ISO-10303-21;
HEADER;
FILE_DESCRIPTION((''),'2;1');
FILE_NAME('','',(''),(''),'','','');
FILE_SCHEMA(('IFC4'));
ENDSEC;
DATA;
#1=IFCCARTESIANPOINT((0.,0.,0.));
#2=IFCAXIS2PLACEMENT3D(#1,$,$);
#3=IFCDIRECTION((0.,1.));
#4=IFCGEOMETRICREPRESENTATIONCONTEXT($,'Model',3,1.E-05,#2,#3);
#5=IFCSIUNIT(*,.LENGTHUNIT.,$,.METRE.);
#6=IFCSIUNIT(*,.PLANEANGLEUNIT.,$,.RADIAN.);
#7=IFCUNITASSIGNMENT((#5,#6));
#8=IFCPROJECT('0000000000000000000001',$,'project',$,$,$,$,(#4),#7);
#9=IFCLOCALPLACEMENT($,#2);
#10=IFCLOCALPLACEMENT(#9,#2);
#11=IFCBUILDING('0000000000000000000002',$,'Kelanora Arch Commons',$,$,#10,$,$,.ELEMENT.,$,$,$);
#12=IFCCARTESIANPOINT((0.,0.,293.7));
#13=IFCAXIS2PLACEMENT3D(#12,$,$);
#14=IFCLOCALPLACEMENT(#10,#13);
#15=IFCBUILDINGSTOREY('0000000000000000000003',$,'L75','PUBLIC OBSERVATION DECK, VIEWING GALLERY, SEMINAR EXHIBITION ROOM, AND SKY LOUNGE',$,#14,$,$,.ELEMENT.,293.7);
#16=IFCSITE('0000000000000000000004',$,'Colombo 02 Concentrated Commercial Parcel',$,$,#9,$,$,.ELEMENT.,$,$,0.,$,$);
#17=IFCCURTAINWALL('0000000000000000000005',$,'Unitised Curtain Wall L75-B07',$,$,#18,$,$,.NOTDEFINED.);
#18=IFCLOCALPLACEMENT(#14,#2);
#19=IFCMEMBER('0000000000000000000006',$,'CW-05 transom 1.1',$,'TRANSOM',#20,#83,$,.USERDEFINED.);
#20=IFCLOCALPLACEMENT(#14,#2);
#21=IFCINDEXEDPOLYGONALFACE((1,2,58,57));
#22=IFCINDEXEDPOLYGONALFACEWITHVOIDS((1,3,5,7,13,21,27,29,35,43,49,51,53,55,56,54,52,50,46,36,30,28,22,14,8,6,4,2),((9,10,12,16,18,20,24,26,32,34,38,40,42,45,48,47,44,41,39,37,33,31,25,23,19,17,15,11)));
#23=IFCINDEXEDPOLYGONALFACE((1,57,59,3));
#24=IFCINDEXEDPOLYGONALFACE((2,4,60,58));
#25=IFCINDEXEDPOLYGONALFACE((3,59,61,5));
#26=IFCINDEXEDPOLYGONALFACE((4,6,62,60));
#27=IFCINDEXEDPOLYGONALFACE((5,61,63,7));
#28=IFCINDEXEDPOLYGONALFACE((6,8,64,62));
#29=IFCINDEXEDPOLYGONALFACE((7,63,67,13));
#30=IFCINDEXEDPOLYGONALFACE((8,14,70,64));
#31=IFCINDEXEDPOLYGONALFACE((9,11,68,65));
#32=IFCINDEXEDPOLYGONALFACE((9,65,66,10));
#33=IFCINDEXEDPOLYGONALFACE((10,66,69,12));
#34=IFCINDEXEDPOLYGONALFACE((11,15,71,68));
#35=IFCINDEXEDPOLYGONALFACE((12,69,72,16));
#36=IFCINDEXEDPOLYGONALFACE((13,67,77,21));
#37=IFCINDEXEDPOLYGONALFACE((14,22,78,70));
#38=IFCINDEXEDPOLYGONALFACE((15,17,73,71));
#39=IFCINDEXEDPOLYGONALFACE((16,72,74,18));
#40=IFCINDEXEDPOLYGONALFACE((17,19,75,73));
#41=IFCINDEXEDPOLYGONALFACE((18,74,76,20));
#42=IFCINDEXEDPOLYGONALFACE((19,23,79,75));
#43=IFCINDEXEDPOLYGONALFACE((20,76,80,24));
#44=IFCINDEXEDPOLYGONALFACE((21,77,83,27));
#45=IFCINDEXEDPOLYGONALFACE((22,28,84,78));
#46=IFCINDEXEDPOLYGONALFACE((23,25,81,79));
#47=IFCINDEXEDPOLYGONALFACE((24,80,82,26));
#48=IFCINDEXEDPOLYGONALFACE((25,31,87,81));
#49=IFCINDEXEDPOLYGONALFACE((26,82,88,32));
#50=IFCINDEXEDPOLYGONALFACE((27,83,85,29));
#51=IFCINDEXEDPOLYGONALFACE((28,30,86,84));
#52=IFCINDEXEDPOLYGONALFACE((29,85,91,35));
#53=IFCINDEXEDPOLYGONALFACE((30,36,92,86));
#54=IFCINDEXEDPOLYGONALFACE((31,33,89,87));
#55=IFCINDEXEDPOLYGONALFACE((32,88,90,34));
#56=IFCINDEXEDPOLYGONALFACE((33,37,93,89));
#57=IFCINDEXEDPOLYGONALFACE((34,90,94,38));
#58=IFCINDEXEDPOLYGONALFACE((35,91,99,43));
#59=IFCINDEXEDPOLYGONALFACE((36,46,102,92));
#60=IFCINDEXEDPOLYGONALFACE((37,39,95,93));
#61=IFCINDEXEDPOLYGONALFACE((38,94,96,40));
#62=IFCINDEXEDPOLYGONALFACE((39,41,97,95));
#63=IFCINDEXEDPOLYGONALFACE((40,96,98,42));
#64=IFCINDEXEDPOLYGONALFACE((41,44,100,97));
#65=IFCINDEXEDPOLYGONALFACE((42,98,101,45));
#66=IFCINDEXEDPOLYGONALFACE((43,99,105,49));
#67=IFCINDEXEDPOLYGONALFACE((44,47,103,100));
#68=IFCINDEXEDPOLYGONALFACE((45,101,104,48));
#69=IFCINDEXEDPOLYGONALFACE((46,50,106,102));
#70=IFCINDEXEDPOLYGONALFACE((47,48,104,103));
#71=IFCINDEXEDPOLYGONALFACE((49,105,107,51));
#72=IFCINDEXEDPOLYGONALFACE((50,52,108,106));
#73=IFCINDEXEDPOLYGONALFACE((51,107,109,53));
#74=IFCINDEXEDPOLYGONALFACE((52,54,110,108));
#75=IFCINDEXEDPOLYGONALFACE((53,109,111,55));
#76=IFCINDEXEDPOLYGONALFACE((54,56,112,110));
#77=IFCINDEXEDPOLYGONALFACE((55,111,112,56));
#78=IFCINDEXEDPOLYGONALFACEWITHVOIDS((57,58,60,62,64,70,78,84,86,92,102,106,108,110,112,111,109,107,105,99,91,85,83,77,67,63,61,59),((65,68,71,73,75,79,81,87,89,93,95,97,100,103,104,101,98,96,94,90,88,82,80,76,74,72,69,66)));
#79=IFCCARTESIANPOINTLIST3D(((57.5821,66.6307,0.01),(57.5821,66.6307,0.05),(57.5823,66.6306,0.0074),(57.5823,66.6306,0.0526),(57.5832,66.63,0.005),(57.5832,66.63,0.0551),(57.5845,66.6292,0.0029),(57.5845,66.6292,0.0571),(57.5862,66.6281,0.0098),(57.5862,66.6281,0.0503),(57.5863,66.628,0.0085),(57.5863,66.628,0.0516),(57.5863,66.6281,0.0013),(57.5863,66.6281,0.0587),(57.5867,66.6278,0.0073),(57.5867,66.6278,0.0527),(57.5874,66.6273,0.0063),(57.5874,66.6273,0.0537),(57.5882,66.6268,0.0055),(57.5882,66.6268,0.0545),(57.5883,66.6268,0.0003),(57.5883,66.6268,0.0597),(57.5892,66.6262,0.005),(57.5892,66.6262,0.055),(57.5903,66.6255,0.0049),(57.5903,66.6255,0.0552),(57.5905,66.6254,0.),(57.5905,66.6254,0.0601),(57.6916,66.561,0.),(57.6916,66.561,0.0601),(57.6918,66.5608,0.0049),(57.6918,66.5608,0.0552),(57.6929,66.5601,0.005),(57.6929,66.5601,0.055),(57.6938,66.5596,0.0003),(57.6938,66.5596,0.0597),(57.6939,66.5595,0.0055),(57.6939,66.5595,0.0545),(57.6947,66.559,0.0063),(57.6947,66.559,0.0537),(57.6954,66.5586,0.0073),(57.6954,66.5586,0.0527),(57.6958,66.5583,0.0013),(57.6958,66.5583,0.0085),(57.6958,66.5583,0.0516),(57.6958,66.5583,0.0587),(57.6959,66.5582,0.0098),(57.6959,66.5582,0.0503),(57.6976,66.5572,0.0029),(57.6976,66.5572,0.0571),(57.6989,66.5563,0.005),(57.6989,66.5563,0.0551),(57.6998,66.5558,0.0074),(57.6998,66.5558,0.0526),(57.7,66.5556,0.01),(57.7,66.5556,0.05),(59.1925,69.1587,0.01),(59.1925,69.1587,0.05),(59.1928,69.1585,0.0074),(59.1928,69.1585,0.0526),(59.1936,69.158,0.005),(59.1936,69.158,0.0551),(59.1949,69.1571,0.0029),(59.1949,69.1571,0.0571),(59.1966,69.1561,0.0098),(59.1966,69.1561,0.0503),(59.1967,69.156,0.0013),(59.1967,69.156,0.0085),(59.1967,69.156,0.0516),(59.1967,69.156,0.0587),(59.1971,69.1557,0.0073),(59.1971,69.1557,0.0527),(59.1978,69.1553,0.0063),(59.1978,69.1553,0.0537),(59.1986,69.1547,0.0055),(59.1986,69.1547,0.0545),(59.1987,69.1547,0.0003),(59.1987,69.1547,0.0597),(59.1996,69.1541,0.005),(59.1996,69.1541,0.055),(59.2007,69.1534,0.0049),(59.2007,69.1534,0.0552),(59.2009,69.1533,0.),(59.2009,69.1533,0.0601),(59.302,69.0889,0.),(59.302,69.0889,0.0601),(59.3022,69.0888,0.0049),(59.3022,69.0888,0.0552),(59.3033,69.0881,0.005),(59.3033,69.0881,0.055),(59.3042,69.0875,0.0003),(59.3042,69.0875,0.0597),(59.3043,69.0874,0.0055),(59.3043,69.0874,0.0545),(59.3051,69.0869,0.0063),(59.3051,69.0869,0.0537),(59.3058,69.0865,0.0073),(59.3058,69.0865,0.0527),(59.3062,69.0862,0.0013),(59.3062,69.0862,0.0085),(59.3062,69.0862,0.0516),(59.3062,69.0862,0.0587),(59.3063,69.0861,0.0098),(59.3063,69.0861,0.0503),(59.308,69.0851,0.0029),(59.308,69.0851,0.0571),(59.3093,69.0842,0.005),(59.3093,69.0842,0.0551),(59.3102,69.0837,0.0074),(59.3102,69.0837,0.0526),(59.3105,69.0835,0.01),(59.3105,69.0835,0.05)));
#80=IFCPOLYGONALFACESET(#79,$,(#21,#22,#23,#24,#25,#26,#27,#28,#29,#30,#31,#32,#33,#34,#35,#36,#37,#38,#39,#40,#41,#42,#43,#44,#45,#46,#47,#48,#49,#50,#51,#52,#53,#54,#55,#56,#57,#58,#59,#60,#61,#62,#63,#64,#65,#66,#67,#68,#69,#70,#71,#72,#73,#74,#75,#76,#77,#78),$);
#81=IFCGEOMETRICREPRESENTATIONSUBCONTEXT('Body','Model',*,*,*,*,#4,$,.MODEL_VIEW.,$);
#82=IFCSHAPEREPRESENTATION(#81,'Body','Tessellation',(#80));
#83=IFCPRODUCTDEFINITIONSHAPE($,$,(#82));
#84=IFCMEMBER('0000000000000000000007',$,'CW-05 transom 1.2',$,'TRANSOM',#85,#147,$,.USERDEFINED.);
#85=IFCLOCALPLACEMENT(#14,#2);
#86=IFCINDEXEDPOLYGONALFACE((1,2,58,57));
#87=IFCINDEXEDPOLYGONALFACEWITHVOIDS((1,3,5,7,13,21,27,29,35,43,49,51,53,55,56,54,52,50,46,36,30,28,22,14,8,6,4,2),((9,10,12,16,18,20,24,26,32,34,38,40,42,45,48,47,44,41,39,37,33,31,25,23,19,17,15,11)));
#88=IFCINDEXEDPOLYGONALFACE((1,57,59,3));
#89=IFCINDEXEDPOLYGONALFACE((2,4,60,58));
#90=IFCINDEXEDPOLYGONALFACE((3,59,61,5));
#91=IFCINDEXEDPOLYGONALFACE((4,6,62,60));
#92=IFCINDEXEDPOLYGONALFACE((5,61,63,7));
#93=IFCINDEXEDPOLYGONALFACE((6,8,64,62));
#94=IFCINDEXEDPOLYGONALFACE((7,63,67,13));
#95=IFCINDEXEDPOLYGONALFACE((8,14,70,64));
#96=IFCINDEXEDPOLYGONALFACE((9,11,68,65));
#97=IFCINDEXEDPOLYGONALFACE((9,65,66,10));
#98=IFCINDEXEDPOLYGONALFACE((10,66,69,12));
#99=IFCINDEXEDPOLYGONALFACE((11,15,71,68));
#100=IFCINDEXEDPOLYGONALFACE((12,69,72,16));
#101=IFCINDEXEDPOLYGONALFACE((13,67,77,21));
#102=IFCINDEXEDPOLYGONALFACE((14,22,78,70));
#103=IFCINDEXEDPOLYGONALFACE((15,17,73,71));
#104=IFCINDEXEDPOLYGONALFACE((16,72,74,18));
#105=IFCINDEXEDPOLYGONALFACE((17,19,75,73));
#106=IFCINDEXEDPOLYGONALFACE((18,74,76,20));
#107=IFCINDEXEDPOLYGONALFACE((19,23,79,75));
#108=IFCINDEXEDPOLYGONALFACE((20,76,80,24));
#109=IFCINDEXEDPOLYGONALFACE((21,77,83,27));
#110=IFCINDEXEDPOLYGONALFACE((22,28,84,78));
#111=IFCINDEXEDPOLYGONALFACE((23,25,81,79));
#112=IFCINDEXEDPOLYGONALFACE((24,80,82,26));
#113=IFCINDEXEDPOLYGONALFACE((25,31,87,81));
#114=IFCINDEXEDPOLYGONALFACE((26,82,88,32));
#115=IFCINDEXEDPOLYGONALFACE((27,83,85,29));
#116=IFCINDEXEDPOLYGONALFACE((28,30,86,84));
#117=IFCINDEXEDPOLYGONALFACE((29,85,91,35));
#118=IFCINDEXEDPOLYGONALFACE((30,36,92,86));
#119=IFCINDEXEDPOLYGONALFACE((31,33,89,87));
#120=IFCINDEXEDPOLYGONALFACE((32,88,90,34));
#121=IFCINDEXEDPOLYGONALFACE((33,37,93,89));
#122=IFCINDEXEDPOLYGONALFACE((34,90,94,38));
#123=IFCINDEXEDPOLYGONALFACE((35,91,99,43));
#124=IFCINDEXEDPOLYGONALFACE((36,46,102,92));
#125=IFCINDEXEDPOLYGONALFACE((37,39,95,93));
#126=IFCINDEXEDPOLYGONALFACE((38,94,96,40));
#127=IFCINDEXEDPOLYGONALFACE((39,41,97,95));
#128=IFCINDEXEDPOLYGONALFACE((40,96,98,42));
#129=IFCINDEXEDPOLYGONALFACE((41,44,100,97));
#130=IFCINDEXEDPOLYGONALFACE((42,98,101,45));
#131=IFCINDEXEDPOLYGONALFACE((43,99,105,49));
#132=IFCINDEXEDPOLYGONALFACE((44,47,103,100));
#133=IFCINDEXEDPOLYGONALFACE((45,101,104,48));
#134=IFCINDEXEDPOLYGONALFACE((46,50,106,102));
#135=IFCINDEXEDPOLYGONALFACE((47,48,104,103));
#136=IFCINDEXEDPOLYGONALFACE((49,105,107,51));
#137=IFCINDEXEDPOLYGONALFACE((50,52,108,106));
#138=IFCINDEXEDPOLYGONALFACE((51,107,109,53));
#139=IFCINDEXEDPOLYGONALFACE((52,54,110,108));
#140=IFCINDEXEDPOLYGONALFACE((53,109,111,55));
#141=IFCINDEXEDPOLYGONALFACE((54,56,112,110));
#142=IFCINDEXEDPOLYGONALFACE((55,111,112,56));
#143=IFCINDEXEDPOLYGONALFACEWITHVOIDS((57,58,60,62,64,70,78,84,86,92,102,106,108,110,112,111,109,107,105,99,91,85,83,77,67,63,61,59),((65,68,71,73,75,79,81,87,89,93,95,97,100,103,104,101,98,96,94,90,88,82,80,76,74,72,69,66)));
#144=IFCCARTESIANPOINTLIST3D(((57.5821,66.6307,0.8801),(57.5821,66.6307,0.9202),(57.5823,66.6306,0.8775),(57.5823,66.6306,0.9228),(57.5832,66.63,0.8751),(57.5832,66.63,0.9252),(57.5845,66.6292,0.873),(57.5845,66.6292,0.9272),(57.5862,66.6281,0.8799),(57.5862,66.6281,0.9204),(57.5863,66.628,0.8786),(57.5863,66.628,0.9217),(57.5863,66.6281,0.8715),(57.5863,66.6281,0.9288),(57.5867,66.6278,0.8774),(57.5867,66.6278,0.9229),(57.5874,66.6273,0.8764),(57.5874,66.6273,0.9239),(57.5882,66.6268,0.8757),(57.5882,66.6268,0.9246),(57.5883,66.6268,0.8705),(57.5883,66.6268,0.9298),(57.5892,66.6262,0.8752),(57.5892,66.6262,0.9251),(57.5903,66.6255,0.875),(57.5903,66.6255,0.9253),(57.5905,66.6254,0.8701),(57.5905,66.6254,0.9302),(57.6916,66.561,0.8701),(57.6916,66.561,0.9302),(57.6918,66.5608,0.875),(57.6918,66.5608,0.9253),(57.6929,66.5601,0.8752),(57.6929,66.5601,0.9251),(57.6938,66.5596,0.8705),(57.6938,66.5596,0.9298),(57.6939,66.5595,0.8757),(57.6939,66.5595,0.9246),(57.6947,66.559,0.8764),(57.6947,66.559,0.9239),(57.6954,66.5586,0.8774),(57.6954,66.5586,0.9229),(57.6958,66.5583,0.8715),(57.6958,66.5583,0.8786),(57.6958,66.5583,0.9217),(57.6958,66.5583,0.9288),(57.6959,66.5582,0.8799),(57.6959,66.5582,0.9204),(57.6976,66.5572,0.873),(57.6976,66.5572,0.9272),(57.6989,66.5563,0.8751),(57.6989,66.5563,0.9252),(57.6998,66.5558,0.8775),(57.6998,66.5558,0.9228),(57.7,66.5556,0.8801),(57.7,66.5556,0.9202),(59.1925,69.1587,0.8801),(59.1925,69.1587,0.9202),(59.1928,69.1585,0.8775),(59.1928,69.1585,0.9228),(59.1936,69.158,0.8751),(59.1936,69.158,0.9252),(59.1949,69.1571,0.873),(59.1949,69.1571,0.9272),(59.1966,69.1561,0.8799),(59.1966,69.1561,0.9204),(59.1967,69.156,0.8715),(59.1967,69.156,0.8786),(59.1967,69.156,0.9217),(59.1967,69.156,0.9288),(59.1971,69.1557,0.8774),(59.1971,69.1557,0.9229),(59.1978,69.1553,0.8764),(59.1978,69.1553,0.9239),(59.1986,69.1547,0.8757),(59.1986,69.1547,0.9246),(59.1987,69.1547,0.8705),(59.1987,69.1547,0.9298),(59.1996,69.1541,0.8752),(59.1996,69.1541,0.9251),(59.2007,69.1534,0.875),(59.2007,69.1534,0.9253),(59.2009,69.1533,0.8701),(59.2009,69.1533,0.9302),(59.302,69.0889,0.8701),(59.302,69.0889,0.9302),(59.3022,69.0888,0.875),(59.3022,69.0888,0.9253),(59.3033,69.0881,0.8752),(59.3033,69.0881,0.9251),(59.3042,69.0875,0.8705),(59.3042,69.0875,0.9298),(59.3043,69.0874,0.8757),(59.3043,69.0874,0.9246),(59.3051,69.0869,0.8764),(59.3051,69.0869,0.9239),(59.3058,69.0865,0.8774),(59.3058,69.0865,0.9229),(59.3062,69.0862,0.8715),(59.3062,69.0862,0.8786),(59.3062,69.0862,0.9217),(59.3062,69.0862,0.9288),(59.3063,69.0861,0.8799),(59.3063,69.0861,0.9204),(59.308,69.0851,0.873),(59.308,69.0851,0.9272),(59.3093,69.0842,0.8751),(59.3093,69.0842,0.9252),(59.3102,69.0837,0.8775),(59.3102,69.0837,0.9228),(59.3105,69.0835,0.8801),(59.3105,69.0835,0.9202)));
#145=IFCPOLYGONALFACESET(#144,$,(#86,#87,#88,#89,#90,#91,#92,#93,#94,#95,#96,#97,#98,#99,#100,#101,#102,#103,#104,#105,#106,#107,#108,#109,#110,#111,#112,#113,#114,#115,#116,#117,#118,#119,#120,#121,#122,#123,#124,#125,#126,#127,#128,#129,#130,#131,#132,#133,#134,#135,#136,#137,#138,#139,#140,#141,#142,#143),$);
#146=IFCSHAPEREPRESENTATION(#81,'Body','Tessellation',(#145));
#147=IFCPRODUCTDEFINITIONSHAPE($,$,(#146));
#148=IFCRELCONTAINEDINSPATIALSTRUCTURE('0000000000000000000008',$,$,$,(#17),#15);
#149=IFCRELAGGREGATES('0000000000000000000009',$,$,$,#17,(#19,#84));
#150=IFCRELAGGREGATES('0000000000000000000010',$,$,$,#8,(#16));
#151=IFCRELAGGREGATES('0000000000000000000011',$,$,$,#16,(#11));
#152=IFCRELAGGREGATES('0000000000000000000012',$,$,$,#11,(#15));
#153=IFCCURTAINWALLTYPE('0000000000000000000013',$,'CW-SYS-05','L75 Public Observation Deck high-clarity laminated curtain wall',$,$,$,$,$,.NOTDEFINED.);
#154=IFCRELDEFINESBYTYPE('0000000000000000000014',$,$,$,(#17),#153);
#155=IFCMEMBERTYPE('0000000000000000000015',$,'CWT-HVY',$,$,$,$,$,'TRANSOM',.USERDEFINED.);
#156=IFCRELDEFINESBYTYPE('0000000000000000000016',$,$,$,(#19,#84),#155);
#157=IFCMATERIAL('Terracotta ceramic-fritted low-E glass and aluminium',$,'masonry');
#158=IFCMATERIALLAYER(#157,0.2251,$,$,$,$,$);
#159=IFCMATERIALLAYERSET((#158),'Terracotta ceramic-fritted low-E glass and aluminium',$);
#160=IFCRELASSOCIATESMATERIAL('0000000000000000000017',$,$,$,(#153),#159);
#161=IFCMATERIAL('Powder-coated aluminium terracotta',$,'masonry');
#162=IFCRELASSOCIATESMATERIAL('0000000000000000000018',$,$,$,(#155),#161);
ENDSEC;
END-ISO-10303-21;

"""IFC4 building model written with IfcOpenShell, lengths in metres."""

from ifc_helpers import new_model, si_unit, direction, frame, origin, origin_2d, place, context, subcontext, project, spatial, hollow_rectangle, extrude, material, layer, layer_set, material_profile, profile_set, type_object, element, aggregate, save


model = new_model("IFC4")

# Units and contexts
model_context = context("Model", 3, precision=1e-05, world=origin(), true_north=direction((0.0, 1.0)))
body_context = subcontext(model_context, "Body", "Model", "MODEL_VIEW")
ifc_project = project(units=[si_unit("LENGTHUNIT", "METRE"), si_unit("PLANEANGLEUNIT", "RADIAN")], contexts=[model_context])

# Site, building, storey
site_placement = place(None, origin())
site = spatial("IfcSite", under=ifc_project, at=site_placement, Name="Colombo 02 Concentrated Commercial Parcel", CompositionType="ELEMENT", RefElevation=0.0)
building_placement = place(site_placement, origin())
building = spatial("IfcBuilding", under=site, at=building_placement, Name="Kelanora Arch Commons", CompositionType="ELEMENT")
storey_placement = place(building_placement, frame((0.0, 0.0, 293.7)))
storey = spatial("IfcBuildingStorey", under=building, at=storey_placement, Name="L75", Description="PUBLIC OBSERVATION DECK, VIEWING GALLERY, SEMINAR EXHIBITION ROOM, AND SKY LOUNGE", CompositionType="ELEMENT", Elevation=293.7)

# Curtain wall
ifc_material_1 = material(Name="Terracotta ceramic-fritted low-E glass and aluminium", Category="masonry")
ifc_layer_1 = layer(ifc_material_1, 0.2251)
ifc_layer_set_1 = layer_set([ifc_layer_1], Name="Terracotta ceramic-fritted low-E glass and aluminium")
curtain_wall_type = type_object("IfcCurtainWallType", Name="CW-SYS-05", Description="L75 Public Observation Deck high-clarity laminated curtain wall", PredefinedType="NOTDEFINED", material=ifc_layer_set_1)
ifc_material_2 = material(Name="Powder-coated aluminium terracotta", Category="masonry")
curtain_wall_1_placement = place(storey_placement, origin())
curtain_wall_1 = element("IfcCurtainWall", 1, at=curtain_wall_1_placement, inside=storey, type_object=curtain_wall_type, Name="Unitised Curtain Wall L75-B07", PredefinedType="NOTDEFINED")

# Members
ifc_material_profile_1 = material_profile(ifc_material_2, hollow_rectangle(XDim=0.1399, YDim=0.0601, WallThickness=0.0049, InnerFilletRadius=0.0049, OuterFilletRadius=0.01, at=origin_2d()), Name="CWT140x60")
ifc_profile_set_1 = profile_set([ifc_material_profile_1], Name="Powder-coated aluminium terracotta")
member_type_1 = type_object("IfcMemberType", Name="CWT-HVY", ElementType="TRANSOM", PredefinedType="USERDEFINED", material=ifc_profile_set_1)
member_1_placement = place(storey_placement, frame((59.2515, 69.1211, 0.03), z_axis=(-0.537287, -0.8434, 0.0), x_axis=(0.8434, -0.537287, 0.0)))
member_1 = element("IfcMember", 2, at=member_1_placement, type_object=member_type_1, Name="CW-05 transom 1.1", ObjectType="TRANSOM", PredefinedType="USERDEFINED", context=body_context, shape_type="SweptSolid", body=[
    extrude(hollow_rectangle(XDim=0.1399, YDim=0.0601, WallThickness=0.0049, InnerFilletRadius=0.0049, OuterFilletRadius=0.01, at=origin_2d()), origin(), (0.0, 0.0, 1.0), 2.9973),
])
member_2_placement = place(storey_placement, frame((59.2515, 69.1211, 0.9001), z_axis=(-0.537287, -0.8434, 0.0), x_axis=(0.8434, -0.537287, 0.0)))
member_2 = element("IfcMember", 3, at=member_2_placement, type_object=member_type_1, Name="CW-05 transom 1.2", ObjectType="TRANSOM", PredefinedType="USERDEFINED", context=body_context, shape_type="SweptSolid", body=[
    extrude(hollow_rectangle(XDim=0.1399, YDim=0.0601, WallThickness=0.0049, InnerFilletRadius=0.0049, OuterFilletRadius=0.01, at=origin_2d()), origin(), (0.0, 0.0, 1.0), 2.9973),
])

aggregate(curtain_wall_1, [member_1, member_2])

save(model, "model.ifc")
